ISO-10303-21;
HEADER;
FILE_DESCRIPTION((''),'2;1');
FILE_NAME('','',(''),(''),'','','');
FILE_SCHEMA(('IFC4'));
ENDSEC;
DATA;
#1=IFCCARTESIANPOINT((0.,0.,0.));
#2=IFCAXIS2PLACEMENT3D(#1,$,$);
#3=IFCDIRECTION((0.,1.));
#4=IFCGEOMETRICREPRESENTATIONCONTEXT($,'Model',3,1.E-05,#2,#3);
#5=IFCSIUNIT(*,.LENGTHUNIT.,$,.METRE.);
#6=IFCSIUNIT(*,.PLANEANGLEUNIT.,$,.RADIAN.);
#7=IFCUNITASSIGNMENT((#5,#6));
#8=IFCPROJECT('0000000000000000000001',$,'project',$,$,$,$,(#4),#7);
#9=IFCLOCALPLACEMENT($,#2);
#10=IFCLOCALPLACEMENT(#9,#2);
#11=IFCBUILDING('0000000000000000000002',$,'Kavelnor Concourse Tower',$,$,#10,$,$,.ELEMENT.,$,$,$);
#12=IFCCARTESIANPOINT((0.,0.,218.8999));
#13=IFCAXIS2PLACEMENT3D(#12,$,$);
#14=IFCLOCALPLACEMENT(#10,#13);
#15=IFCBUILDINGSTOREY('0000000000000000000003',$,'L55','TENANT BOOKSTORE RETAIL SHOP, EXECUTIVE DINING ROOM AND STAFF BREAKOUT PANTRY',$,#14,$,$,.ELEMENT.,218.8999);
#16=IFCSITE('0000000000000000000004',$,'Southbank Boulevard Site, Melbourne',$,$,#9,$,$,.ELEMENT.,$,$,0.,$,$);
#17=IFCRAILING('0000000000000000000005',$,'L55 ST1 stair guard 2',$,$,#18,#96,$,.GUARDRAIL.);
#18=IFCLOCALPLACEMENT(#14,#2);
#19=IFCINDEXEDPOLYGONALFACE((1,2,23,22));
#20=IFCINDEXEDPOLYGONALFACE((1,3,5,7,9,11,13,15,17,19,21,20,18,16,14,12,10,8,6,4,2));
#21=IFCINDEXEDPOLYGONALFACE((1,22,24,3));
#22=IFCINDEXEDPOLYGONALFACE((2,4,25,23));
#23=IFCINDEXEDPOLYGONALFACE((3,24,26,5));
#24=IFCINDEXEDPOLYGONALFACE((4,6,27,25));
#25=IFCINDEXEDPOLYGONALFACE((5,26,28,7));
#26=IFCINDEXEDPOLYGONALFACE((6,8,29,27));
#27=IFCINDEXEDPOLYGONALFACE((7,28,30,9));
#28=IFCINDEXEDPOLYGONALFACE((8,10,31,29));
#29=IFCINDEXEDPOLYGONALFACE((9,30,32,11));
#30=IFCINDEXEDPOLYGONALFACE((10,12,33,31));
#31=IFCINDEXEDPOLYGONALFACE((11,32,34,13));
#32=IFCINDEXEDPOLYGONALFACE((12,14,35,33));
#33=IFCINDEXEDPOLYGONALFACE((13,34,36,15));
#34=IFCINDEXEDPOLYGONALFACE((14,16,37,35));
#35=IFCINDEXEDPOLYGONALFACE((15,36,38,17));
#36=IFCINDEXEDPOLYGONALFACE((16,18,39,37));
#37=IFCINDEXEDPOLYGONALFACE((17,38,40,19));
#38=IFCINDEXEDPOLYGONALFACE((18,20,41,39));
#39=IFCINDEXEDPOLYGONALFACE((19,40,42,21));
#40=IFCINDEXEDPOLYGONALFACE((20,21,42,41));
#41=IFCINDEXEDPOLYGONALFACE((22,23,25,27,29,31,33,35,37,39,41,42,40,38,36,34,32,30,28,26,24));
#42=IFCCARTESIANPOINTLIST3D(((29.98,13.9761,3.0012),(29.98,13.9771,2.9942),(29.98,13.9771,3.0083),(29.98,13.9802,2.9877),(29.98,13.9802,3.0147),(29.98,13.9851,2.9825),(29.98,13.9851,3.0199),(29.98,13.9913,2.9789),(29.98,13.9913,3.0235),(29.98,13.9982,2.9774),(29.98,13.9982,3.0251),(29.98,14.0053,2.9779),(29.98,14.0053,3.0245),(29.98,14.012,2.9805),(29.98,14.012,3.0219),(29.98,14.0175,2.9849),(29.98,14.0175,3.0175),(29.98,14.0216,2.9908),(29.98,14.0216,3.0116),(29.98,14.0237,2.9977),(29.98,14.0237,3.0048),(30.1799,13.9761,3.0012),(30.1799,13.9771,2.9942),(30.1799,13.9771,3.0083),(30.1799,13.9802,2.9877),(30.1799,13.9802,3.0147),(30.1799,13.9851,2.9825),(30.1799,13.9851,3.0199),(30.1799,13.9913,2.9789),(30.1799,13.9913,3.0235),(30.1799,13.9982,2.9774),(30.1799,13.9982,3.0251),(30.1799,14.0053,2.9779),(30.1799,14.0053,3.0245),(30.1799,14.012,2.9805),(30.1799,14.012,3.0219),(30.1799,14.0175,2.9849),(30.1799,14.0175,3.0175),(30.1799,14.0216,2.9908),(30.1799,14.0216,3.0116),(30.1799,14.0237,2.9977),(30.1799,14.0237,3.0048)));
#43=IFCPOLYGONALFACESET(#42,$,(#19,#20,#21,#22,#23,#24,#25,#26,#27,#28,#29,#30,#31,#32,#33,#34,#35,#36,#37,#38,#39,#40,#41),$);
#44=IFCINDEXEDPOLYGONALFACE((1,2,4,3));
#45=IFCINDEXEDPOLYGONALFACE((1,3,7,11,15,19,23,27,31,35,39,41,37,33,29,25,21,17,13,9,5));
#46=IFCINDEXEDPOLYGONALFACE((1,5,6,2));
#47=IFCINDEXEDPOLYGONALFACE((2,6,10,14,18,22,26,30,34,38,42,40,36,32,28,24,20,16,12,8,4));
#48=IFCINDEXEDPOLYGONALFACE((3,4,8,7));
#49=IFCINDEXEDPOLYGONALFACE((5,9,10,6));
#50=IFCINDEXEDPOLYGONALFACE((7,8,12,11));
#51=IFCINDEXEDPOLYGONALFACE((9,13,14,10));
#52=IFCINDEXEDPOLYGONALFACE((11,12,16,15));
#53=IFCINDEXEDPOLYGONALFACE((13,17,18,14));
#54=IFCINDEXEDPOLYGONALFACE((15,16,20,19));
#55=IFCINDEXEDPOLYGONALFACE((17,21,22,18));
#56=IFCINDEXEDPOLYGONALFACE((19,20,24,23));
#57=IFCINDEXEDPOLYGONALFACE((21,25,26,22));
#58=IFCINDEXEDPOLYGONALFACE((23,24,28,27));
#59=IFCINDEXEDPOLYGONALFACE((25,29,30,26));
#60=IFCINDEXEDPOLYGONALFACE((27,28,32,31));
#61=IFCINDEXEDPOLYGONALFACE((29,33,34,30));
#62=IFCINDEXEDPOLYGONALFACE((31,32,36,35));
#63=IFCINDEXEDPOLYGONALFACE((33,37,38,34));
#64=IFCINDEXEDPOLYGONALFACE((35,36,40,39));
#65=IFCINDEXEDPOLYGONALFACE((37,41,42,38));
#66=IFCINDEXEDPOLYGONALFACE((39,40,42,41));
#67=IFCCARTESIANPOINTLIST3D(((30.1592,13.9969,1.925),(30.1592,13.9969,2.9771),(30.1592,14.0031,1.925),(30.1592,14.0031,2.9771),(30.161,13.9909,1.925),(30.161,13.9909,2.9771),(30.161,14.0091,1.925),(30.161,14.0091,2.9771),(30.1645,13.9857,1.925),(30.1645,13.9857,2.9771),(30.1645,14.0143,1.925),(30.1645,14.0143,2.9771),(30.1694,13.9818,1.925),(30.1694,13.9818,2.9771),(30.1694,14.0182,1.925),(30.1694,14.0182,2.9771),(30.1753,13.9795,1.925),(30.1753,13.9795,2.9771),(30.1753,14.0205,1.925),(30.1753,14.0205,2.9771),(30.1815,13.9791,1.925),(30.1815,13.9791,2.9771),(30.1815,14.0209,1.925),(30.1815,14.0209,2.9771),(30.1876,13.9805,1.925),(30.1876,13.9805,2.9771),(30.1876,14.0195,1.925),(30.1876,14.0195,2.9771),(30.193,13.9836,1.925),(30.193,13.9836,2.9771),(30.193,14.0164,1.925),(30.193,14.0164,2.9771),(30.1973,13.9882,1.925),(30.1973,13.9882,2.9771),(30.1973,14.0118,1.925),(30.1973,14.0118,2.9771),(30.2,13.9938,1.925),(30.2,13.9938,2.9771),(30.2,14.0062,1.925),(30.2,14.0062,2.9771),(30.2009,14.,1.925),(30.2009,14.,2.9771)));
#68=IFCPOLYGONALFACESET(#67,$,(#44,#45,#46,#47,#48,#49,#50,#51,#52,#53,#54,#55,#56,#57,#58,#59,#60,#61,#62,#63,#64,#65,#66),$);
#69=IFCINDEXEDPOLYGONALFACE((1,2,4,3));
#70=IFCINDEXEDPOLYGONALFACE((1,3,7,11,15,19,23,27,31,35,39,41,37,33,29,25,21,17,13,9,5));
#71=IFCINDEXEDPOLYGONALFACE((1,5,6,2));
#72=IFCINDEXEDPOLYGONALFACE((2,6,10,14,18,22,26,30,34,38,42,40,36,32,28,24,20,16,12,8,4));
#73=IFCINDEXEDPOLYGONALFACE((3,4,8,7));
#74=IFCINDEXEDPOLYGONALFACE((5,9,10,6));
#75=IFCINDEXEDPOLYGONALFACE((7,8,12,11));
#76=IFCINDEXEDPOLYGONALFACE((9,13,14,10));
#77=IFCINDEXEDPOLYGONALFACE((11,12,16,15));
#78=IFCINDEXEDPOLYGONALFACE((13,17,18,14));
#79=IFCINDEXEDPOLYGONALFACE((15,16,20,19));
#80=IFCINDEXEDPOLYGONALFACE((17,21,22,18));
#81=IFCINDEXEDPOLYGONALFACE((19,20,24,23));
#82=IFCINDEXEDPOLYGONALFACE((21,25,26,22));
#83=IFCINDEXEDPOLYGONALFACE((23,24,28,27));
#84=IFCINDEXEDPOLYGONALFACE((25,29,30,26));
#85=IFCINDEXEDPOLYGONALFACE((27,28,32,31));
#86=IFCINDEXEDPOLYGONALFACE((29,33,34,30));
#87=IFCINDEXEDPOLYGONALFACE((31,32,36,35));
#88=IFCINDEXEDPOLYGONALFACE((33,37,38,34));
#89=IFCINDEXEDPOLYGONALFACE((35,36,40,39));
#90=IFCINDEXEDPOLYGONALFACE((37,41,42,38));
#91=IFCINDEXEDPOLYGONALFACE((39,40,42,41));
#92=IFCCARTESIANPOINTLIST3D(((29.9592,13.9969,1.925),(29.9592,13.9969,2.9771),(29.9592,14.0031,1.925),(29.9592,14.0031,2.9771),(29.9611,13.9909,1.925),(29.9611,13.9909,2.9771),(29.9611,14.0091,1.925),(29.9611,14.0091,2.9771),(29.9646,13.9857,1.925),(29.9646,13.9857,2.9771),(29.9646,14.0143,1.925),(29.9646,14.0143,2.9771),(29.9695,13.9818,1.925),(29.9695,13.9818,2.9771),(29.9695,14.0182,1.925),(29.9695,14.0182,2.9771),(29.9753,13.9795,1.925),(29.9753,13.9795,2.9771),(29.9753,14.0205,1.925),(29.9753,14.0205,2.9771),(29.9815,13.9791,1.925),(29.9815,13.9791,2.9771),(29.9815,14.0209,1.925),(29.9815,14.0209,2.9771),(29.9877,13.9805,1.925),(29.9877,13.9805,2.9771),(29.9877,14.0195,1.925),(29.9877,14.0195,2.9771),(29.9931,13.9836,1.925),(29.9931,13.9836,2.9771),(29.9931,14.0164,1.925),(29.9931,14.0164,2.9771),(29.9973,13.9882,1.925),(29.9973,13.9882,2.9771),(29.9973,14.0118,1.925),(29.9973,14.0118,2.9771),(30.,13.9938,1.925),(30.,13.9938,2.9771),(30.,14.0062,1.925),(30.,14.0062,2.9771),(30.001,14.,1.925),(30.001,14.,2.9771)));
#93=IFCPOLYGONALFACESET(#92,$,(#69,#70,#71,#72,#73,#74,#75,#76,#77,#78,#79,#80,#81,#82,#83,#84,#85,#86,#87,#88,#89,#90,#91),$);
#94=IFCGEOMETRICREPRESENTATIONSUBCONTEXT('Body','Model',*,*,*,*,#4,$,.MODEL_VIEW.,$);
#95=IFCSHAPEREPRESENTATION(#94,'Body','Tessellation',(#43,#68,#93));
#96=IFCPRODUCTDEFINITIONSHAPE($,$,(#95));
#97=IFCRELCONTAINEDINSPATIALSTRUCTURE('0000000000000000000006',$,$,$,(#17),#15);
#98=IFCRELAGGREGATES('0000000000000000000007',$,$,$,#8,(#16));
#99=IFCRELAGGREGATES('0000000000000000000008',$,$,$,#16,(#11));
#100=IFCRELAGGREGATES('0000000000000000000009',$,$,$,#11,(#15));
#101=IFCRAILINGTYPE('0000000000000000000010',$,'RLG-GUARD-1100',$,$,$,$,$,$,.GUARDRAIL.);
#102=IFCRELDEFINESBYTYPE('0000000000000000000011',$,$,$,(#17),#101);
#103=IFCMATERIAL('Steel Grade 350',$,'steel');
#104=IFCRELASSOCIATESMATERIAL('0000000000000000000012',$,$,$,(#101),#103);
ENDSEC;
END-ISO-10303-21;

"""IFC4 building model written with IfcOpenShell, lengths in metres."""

from ifc_helpers import new_model, si_unit, direction, frame, origin, origin_2d, place, context, subcontext, project, spatial, circle, extrude, material, type_object, element, save


model = new_model("IFC4")

# Units and contexts
model_context = context("Model", 3, precision=1e-05, world=origin(), true_north=direction((0.0, 1.0)))
body_context = subcontext(model_context, "Body", "Model", "MODEL_VIEW")
ifc_project = project(units=[si_unit("LENGTHUNIT", "METRE"), si_unit("PLANEANGLEUNIT", "RADIAN")], contexts=[model_context])

# Site, building, storey
site_placement = place(None, origin())
site = spatial("IfcSite", under=ifc_project, at=site_placement, Name="Southbank Boulevard Site, Melbourne", CompositionType="ELEMENT", RefElevation=0.0)
building_placement = place(site_placement, origin())
building = spatial("IfcBuilding", under=site, at=building_placement, Name="Kavelnor Concourse Tower", CompositionType="ELEMENT")
storey_placement = place(building_placement, frame((0.0, 0.0, 218.8999)))
storey = spatial("IfcBuildingStorey", under=building, at=storey_placement, Name="L55", Description="TENANT BOOKSTORE RETAIL SHOP, EXECUTIVE DINING ROOM AND STAFF BREAKOUT PANTRY", CompositionType="ELEMENT", Elevation=218.8999)

# Shared definitions
ifc_material_1 = material(Name="Steel Grade 350", Category="steel")

# Railing
railing_type_1 = type_object("IfcRailingType", Name="RLG-GUARD-1100", PredefinedType="GUARDRAIL", material=ifc_material_1)
railing_1_placement = place(storey_placement, frame((30.1799, 14.0, 1.925)))
element("IfcRailing", 1, at=railing_1_placement, inside=storey, type_object=railing_type_1, Name="L55 ST1 stair guard 2", PredefinedType="GUARDRAIL", context=body_context, shape_type="SweptSolid", body=[
    extrude(circle(Radius=0.0239, at=origin_2d()), frame((0.0, 0.0, 1.0762), z_axis=(-1.0, 0.0, 0.0), x_axis=(0.0, -1.0, 0.0)), (0.0, 0.0, 1.0), 0.2),
    extrude(circle(Radius=0.021, at=origin_2d()), origin(), (0.0, 0.0, 1.0), 1.052),
    extrude(circle(Radius=0.021, at=origin_2d()), frame((-0.2, 0.0, 0.0)), (0.0, 0.0, 1.0), 1.052),
])

save(model, "model.ifc")
